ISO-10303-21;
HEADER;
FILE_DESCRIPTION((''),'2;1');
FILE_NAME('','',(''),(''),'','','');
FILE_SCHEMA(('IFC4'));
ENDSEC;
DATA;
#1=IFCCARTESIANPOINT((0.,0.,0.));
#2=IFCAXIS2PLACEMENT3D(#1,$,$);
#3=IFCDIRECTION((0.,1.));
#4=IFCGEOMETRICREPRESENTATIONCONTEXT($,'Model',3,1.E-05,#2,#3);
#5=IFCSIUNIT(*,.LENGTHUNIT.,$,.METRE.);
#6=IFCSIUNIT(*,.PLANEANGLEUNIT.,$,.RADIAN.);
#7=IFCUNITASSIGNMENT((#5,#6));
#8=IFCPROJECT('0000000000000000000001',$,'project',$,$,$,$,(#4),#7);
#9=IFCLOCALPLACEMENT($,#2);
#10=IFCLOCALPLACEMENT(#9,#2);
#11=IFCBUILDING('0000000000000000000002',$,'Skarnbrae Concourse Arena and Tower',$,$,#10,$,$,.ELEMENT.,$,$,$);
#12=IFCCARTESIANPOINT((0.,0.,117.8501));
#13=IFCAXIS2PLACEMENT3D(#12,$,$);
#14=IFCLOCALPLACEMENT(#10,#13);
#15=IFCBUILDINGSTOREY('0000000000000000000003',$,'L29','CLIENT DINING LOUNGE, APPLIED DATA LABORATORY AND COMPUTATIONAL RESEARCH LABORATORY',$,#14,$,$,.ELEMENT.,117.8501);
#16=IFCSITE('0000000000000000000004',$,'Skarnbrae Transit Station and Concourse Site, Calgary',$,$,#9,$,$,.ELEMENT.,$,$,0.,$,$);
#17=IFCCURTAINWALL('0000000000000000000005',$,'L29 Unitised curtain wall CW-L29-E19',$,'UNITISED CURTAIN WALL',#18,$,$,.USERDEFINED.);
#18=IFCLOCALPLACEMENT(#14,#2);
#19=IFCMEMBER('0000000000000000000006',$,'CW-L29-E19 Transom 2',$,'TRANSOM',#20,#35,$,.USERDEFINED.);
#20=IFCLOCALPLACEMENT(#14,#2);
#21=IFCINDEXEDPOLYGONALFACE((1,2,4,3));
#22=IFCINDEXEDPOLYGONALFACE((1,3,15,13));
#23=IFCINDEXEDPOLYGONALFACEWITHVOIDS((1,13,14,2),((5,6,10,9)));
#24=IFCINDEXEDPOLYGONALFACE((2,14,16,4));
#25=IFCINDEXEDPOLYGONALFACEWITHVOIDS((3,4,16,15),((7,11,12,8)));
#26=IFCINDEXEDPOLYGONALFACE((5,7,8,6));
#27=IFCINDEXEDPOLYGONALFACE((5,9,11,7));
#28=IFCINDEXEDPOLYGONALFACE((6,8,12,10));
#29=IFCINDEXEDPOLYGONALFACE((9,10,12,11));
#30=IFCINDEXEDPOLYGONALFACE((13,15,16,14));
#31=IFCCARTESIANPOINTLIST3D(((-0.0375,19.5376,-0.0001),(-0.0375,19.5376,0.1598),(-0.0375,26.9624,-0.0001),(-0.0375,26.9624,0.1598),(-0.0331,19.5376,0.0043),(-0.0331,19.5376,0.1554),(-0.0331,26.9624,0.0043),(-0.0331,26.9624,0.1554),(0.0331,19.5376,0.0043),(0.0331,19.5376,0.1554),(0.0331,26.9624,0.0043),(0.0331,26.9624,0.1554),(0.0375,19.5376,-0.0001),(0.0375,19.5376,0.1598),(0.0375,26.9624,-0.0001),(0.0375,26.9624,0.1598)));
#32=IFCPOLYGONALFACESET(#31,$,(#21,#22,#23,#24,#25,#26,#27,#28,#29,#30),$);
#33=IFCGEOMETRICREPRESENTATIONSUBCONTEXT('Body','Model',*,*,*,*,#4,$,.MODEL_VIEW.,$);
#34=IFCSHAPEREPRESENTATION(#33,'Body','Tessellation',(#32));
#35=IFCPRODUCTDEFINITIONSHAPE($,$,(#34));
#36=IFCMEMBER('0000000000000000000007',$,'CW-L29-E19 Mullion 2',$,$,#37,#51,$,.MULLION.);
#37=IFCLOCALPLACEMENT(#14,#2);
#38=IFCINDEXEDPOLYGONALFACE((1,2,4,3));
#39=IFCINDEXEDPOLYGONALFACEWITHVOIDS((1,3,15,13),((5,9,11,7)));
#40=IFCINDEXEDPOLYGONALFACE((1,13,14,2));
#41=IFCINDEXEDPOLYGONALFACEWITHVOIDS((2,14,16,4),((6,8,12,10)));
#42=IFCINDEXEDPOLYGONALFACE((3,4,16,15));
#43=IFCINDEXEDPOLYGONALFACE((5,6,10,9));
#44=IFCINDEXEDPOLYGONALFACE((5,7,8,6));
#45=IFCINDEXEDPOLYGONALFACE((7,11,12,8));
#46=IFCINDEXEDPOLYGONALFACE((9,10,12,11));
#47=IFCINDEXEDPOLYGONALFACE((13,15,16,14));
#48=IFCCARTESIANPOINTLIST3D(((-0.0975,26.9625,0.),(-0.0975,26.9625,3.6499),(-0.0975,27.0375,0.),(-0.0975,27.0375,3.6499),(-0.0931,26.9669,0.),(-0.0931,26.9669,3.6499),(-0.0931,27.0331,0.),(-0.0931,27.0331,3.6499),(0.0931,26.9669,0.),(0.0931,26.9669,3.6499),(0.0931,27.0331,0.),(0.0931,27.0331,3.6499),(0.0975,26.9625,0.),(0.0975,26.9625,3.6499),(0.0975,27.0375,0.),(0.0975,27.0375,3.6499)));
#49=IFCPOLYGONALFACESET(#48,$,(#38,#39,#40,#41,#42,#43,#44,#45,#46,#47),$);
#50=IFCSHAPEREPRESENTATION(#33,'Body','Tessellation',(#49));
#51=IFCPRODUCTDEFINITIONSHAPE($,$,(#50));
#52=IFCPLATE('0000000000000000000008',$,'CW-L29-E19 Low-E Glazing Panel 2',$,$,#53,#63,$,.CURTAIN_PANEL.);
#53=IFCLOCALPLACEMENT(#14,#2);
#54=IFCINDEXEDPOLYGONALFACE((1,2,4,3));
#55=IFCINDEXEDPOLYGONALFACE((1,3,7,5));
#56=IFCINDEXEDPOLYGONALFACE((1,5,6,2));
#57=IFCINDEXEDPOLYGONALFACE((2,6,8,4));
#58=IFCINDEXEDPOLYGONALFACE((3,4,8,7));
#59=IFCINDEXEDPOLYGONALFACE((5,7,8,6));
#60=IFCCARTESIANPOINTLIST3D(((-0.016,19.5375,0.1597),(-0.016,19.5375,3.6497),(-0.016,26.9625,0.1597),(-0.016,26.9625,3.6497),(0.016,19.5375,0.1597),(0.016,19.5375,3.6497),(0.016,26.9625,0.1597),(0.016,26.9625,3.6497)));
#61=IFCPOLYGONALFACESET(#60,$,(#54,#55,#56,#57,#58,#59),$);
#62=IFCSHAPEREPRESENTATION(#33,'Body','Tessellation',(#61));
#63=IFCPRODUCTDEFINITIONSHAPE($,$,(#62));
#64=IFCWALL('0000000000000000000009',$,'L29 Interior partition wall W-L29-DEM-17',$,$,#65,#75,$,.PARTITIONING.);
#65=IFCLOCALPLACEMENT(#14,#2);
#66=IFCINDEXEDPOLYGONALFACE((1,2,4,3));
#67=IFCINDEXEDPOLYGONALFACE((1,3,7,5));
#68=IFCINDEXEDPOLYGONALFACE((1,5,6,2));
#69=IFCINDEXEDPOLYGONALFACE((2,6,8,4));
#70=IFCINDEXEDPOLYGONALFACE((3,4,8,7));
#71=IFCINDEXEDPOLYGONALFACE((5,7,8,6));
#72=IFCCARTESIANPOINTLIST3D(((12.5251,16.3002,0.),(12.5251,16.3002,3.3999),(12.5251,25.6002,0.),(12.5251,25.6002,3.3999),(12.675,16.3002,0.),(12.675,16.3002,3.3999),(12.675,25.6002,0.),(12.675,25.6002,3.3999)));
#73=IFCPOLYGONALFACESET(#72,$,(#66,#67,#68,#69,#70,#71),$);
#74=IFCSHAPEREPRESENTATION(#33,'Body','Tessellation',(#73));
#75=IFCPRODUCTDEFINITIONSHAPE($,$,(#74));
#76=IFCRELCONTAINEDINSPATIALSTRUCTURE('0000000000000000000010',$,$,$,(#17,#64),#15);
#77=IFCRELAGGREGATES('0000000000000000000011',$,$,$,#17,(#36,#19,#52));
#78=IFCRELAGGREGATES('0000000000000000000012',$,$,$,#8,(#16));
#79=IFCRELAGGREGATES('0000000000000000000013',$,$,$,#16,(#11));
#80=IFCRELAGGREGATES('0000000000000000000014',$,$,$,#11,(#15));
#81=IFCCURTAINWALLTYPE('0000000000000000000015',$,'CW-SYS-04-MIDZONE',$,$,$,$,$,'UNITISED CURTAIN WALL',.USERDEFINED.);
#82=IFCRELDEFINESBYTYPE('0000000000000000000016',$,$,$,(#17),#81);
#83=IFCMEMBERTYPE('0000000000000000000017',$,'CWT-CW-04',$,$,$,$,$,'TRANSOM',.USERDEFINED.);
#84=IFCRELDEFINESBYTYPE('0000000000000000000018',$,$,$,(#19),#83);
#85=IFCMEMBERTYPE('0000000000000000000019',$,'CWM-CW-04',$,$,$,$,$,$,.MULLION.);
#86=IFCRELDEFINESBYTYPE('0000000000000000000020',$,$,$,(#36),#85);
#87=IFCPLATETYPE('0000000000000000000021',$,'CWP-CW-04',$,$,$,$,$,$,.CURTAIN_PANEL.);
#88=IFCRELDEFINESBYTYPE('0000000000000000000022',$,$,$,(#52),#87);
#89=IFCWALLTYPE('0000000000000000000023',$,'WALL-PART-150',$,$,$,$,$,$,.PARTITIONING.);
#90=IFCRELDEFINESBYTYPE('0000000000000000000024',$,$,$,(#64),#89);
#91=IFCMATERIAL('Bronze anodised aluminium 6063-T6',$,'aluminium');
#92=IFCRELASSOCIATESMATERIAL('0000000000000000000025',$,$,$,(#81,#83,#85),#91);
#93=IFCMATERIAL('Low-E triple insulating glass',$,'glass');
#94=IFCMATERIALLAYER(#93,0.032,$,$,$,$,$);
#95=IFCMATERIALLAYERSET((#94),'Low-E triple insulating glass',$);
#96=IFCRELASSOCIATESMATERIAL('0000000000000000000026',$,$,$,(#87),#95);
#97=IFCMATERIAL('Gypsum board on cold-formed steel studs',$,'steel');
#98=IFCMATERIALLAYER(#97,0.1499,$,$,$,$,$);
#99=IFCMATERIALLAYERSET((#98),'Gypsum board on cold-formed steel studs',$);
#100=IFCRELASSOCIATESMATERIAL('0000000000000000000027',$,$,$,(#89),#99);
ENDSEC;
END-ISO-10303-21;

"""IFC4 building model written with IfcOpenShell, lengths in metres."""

from ifc_helpers import new_model, si_unit, direction, frame, frame_2d, origin, origin_2d, place, context, subcontext, project, spatial, rectangle, hollow_rectangle, extrude, source, transform, mapped, material, layer, layer_set, material_profile, profile_set, type_object, element, aggregate, save


model = new_model("IFC4")

# Units and contexts
model_context = context("Model", 3, precision=1e-05, world=origin(), true_north=direction((0.0, 1.0)))
body_context = subcontext(model_context, "Body", "Model", "MODEL_VIEW")
ifc_project = project(units=[si_unit("LENGTHUNIT", "METRE"), si_unit("PLANEANGLEUNIT", "RADIAN")], contexts=[model_context])

# Site, building, storey
site_placement = place(None, origin())
site = spatial("IfcSite", under=ifc_project, at=site_placement, Name="Skarnbrae Transit Station and Concourse Site, Calgary", CompositionType="ELEMENT", RefElevation=0.0)
building_placement = place(site_placement, origin())
building = spatial("IfcBuilding", under=site, at=building_placement, Name="Skarnbrae Concourse Arena and Tower", CompositionType="ELEMENT")
storey_placement = place(building_placement, frame((0.0, 0.0, 117.8501)))
storey = spatial("IfcBuildingStorey", under=building, at=storey_placement, Name="L29", Description="CLIENT DINING LOUNGE, APPLIED DATA LABORATORY AND COMPUTATIONAL RESEARCH LABORATORY", CompositionType="ELEMENT", Elevation=117.8501)

# Curtain wall, members, plate
ifc_material_1 = material(Name="Bronze anodised aluminium 6063-T6", Category="aluminium")
curtain_wall_type = type_object("IfcCurtainWallType", Name="CW-SYS-04-MIDZONE", ElementType="UNITISED CURTAIN WALL", PredefinedType="USERDEFINED", material=ifc_material_1)
curtain_wall_placement = place(storey_placement, origin())
curtain_wall = element("IfcCurtainWall", 1, at=curtain_wall_placement, inside=storey, type_object=curtain_wall_type, Name="L29 Unitised curtain wall CW-L29-E19", ObjectType="UNITISED CURTAIN WALL", PredefinedType="USERDEFINED")
ifc_material_profile_1 = material_profile(ifc_material_1, hollow_rectangle(XDim=0.075, YDim=0.1599, WallThickness=0.0044, at=origin_2d()), Name="ALU-TRAN-75X160")
ifc_profile_set_1 = profile_set([ifc_material_profile_1], Name="Bronze anodised aluminium 6063-T6")
member_type_1 = type_object("IfcMemberType", Name="CWT-CW-04", ElementType="TRANSOM", PredefinedType="USERDEFINED", material=ifc_profile_set_1)
shared_shape_1 = source(origin(), body_context, "Body", "SweptSolid", [
    extrude(hollow_rectangle(XDim=0.075, YDim=0.1599, WallThickness=0.0044, at=origin_2d()), origin(), (0.0, 0.0, 1.0), 7.4248),
])
member_1_placement = place(storey_placement, frame((0.0, 26.9624, 0.0798), z_axis=(0.0, -1.0, 0.0), x_axis=(1.0, 0.0, 0.0)))
member_1 = element("IfcMember", 2, at=member_1_placement, type_object=member_type_1, Name="CW-L29-E19 Transom 2", ObjectType="TRANSOM", PredefinedType="USERDEFINED", context=body_context, shape_type="MappedRepresentation", body=[
    mapped(shared_shape_1, transform((0.0, 0.0, 0.0))),
])
ifc_material_profile_2 = material_profile(ifc_material_1, hollow_rectangle(XDim=0.075, YDim=0.1951, WallThickness=0.0044, at=origin_2d()), Name="ALU-MULL-75X195")
ifc_profile_set_2 = profile_set([ifc_material_profile_2], Name="Bronze anodised aluminium 6063-T6")
member_type_2 = type_object("IfcMemberType", Name="CWM-CW-04", PredefinedType="MULLION", material=ifc_profile_set_2)
shared_shape_2 = source(origin(), body_context, "Body", "SweptSolid", [
    extrude(hollow_rectangle(XDim=0.075, YDim=0.1951, WallThickness=0.0044, at=origin_2d()), origin(), (0.0, 0.0, 1.0), 3.6499),
])
member_2_placement = place(storey_placement, frame((0.0, 27.0, 0.0), z_axis=(0.0, 0.0, 1.0), x_axis=(0.0, -1.0, 0.0)))
member_2 = element("IfcMember", 3, at=member_2_placement, type_object=member_type_2, Name="CW-L29-E19 Mullion 2", PredefinedType="MULLION", context=body_context, shape_type="MappedRepresentation", body=[
    mapped(shared_shape_2, transform((0.0, 0.0, 0.0))),
])
ifc_material_2 = material(Name="Low-E triple insulating glass", Category="glass")
ifc_layer_1 = layer(ifc_material_2, 0.032)
ifc_layer_set_1 = layer_set([ifc_layer_1], Name="Low-E triple insulating glass")
plate_type = type_object("IfcPlateType", Name="CWP-CW-04", PredefinedType="CURTAIN_PANEL", material=ifc_layer_set_1)
shared_shape_3 = source(origin(), body_context, "Body", "SweptSolid", [
    extrude(rectangle(XDim=7.425, YDim=0.032, at=origin_2d()), origin(), (0.0, 0.0, 1.0), 3.49),
])
plate_placement = place(storey_placement, frame((0.0, 23.25, 0.1597), z_axis=(0.0, 0.0, 1.0), x_axis=(0.0, -1.0, 0.0)))
plate = element("IfcPlate", 4, at=plate_placement, type_object=plate_type, Name="CW-L29-E19 Low-E Glazing Panel 2", PredefinedType="CURTAIN_PANEL", context=body_context, shape_type="MappedRepresentation", body=[
    mapped(shared_shape_3, transform((0.0, 0.0, 0.0))),
])
aggregate(curtain_wall, [member_2, member_1, plate])

# Wall
ifc_material_3 = material(Name="Gypsum board on cold-formed steel studs", Category="steel")
ifc_layer_2 = layer(ifc_material_3, 0.1499)
ifc_layer_set_2 = layer_set([ifc_layer_2], Name="Gypsum board on cold-formed steel studs")
wall_type = type_object("IfcWallType", Name="WALL-PART-150", PredefinedType="PARTITIONING", material=ifc_layer_set_2)
shared_shape_4 = source(origin(), body_context, "Body", "SweptSolid", [
    extrude(rectangle(XDim=9.3, YDim=0.1499, at=frame_2d((4.6499, 0.0))), origin(), (0.0, 0.0, 1.0), 3.3999),
])
wall_placement = place(storey_placement, frame((12.6001, 25.6001, 0.0), z_axis=(0.0, 0.0, 1.0), x_axis=(0.0, -1.0, 0.0)))
element("IfcWall", 5, at=wall_placement, inside=storey, type_object=wall_type, Name="L29 Interior partition wall W-L29-DEM-17", PredefinedType="PARTITIONING", context=body_context, shape_type="MappedRepresentation", body=[
    mapped(shared_shape_4, transform((0.0, 0.0, 0.0))),
])

save(model, "model.ifc")
